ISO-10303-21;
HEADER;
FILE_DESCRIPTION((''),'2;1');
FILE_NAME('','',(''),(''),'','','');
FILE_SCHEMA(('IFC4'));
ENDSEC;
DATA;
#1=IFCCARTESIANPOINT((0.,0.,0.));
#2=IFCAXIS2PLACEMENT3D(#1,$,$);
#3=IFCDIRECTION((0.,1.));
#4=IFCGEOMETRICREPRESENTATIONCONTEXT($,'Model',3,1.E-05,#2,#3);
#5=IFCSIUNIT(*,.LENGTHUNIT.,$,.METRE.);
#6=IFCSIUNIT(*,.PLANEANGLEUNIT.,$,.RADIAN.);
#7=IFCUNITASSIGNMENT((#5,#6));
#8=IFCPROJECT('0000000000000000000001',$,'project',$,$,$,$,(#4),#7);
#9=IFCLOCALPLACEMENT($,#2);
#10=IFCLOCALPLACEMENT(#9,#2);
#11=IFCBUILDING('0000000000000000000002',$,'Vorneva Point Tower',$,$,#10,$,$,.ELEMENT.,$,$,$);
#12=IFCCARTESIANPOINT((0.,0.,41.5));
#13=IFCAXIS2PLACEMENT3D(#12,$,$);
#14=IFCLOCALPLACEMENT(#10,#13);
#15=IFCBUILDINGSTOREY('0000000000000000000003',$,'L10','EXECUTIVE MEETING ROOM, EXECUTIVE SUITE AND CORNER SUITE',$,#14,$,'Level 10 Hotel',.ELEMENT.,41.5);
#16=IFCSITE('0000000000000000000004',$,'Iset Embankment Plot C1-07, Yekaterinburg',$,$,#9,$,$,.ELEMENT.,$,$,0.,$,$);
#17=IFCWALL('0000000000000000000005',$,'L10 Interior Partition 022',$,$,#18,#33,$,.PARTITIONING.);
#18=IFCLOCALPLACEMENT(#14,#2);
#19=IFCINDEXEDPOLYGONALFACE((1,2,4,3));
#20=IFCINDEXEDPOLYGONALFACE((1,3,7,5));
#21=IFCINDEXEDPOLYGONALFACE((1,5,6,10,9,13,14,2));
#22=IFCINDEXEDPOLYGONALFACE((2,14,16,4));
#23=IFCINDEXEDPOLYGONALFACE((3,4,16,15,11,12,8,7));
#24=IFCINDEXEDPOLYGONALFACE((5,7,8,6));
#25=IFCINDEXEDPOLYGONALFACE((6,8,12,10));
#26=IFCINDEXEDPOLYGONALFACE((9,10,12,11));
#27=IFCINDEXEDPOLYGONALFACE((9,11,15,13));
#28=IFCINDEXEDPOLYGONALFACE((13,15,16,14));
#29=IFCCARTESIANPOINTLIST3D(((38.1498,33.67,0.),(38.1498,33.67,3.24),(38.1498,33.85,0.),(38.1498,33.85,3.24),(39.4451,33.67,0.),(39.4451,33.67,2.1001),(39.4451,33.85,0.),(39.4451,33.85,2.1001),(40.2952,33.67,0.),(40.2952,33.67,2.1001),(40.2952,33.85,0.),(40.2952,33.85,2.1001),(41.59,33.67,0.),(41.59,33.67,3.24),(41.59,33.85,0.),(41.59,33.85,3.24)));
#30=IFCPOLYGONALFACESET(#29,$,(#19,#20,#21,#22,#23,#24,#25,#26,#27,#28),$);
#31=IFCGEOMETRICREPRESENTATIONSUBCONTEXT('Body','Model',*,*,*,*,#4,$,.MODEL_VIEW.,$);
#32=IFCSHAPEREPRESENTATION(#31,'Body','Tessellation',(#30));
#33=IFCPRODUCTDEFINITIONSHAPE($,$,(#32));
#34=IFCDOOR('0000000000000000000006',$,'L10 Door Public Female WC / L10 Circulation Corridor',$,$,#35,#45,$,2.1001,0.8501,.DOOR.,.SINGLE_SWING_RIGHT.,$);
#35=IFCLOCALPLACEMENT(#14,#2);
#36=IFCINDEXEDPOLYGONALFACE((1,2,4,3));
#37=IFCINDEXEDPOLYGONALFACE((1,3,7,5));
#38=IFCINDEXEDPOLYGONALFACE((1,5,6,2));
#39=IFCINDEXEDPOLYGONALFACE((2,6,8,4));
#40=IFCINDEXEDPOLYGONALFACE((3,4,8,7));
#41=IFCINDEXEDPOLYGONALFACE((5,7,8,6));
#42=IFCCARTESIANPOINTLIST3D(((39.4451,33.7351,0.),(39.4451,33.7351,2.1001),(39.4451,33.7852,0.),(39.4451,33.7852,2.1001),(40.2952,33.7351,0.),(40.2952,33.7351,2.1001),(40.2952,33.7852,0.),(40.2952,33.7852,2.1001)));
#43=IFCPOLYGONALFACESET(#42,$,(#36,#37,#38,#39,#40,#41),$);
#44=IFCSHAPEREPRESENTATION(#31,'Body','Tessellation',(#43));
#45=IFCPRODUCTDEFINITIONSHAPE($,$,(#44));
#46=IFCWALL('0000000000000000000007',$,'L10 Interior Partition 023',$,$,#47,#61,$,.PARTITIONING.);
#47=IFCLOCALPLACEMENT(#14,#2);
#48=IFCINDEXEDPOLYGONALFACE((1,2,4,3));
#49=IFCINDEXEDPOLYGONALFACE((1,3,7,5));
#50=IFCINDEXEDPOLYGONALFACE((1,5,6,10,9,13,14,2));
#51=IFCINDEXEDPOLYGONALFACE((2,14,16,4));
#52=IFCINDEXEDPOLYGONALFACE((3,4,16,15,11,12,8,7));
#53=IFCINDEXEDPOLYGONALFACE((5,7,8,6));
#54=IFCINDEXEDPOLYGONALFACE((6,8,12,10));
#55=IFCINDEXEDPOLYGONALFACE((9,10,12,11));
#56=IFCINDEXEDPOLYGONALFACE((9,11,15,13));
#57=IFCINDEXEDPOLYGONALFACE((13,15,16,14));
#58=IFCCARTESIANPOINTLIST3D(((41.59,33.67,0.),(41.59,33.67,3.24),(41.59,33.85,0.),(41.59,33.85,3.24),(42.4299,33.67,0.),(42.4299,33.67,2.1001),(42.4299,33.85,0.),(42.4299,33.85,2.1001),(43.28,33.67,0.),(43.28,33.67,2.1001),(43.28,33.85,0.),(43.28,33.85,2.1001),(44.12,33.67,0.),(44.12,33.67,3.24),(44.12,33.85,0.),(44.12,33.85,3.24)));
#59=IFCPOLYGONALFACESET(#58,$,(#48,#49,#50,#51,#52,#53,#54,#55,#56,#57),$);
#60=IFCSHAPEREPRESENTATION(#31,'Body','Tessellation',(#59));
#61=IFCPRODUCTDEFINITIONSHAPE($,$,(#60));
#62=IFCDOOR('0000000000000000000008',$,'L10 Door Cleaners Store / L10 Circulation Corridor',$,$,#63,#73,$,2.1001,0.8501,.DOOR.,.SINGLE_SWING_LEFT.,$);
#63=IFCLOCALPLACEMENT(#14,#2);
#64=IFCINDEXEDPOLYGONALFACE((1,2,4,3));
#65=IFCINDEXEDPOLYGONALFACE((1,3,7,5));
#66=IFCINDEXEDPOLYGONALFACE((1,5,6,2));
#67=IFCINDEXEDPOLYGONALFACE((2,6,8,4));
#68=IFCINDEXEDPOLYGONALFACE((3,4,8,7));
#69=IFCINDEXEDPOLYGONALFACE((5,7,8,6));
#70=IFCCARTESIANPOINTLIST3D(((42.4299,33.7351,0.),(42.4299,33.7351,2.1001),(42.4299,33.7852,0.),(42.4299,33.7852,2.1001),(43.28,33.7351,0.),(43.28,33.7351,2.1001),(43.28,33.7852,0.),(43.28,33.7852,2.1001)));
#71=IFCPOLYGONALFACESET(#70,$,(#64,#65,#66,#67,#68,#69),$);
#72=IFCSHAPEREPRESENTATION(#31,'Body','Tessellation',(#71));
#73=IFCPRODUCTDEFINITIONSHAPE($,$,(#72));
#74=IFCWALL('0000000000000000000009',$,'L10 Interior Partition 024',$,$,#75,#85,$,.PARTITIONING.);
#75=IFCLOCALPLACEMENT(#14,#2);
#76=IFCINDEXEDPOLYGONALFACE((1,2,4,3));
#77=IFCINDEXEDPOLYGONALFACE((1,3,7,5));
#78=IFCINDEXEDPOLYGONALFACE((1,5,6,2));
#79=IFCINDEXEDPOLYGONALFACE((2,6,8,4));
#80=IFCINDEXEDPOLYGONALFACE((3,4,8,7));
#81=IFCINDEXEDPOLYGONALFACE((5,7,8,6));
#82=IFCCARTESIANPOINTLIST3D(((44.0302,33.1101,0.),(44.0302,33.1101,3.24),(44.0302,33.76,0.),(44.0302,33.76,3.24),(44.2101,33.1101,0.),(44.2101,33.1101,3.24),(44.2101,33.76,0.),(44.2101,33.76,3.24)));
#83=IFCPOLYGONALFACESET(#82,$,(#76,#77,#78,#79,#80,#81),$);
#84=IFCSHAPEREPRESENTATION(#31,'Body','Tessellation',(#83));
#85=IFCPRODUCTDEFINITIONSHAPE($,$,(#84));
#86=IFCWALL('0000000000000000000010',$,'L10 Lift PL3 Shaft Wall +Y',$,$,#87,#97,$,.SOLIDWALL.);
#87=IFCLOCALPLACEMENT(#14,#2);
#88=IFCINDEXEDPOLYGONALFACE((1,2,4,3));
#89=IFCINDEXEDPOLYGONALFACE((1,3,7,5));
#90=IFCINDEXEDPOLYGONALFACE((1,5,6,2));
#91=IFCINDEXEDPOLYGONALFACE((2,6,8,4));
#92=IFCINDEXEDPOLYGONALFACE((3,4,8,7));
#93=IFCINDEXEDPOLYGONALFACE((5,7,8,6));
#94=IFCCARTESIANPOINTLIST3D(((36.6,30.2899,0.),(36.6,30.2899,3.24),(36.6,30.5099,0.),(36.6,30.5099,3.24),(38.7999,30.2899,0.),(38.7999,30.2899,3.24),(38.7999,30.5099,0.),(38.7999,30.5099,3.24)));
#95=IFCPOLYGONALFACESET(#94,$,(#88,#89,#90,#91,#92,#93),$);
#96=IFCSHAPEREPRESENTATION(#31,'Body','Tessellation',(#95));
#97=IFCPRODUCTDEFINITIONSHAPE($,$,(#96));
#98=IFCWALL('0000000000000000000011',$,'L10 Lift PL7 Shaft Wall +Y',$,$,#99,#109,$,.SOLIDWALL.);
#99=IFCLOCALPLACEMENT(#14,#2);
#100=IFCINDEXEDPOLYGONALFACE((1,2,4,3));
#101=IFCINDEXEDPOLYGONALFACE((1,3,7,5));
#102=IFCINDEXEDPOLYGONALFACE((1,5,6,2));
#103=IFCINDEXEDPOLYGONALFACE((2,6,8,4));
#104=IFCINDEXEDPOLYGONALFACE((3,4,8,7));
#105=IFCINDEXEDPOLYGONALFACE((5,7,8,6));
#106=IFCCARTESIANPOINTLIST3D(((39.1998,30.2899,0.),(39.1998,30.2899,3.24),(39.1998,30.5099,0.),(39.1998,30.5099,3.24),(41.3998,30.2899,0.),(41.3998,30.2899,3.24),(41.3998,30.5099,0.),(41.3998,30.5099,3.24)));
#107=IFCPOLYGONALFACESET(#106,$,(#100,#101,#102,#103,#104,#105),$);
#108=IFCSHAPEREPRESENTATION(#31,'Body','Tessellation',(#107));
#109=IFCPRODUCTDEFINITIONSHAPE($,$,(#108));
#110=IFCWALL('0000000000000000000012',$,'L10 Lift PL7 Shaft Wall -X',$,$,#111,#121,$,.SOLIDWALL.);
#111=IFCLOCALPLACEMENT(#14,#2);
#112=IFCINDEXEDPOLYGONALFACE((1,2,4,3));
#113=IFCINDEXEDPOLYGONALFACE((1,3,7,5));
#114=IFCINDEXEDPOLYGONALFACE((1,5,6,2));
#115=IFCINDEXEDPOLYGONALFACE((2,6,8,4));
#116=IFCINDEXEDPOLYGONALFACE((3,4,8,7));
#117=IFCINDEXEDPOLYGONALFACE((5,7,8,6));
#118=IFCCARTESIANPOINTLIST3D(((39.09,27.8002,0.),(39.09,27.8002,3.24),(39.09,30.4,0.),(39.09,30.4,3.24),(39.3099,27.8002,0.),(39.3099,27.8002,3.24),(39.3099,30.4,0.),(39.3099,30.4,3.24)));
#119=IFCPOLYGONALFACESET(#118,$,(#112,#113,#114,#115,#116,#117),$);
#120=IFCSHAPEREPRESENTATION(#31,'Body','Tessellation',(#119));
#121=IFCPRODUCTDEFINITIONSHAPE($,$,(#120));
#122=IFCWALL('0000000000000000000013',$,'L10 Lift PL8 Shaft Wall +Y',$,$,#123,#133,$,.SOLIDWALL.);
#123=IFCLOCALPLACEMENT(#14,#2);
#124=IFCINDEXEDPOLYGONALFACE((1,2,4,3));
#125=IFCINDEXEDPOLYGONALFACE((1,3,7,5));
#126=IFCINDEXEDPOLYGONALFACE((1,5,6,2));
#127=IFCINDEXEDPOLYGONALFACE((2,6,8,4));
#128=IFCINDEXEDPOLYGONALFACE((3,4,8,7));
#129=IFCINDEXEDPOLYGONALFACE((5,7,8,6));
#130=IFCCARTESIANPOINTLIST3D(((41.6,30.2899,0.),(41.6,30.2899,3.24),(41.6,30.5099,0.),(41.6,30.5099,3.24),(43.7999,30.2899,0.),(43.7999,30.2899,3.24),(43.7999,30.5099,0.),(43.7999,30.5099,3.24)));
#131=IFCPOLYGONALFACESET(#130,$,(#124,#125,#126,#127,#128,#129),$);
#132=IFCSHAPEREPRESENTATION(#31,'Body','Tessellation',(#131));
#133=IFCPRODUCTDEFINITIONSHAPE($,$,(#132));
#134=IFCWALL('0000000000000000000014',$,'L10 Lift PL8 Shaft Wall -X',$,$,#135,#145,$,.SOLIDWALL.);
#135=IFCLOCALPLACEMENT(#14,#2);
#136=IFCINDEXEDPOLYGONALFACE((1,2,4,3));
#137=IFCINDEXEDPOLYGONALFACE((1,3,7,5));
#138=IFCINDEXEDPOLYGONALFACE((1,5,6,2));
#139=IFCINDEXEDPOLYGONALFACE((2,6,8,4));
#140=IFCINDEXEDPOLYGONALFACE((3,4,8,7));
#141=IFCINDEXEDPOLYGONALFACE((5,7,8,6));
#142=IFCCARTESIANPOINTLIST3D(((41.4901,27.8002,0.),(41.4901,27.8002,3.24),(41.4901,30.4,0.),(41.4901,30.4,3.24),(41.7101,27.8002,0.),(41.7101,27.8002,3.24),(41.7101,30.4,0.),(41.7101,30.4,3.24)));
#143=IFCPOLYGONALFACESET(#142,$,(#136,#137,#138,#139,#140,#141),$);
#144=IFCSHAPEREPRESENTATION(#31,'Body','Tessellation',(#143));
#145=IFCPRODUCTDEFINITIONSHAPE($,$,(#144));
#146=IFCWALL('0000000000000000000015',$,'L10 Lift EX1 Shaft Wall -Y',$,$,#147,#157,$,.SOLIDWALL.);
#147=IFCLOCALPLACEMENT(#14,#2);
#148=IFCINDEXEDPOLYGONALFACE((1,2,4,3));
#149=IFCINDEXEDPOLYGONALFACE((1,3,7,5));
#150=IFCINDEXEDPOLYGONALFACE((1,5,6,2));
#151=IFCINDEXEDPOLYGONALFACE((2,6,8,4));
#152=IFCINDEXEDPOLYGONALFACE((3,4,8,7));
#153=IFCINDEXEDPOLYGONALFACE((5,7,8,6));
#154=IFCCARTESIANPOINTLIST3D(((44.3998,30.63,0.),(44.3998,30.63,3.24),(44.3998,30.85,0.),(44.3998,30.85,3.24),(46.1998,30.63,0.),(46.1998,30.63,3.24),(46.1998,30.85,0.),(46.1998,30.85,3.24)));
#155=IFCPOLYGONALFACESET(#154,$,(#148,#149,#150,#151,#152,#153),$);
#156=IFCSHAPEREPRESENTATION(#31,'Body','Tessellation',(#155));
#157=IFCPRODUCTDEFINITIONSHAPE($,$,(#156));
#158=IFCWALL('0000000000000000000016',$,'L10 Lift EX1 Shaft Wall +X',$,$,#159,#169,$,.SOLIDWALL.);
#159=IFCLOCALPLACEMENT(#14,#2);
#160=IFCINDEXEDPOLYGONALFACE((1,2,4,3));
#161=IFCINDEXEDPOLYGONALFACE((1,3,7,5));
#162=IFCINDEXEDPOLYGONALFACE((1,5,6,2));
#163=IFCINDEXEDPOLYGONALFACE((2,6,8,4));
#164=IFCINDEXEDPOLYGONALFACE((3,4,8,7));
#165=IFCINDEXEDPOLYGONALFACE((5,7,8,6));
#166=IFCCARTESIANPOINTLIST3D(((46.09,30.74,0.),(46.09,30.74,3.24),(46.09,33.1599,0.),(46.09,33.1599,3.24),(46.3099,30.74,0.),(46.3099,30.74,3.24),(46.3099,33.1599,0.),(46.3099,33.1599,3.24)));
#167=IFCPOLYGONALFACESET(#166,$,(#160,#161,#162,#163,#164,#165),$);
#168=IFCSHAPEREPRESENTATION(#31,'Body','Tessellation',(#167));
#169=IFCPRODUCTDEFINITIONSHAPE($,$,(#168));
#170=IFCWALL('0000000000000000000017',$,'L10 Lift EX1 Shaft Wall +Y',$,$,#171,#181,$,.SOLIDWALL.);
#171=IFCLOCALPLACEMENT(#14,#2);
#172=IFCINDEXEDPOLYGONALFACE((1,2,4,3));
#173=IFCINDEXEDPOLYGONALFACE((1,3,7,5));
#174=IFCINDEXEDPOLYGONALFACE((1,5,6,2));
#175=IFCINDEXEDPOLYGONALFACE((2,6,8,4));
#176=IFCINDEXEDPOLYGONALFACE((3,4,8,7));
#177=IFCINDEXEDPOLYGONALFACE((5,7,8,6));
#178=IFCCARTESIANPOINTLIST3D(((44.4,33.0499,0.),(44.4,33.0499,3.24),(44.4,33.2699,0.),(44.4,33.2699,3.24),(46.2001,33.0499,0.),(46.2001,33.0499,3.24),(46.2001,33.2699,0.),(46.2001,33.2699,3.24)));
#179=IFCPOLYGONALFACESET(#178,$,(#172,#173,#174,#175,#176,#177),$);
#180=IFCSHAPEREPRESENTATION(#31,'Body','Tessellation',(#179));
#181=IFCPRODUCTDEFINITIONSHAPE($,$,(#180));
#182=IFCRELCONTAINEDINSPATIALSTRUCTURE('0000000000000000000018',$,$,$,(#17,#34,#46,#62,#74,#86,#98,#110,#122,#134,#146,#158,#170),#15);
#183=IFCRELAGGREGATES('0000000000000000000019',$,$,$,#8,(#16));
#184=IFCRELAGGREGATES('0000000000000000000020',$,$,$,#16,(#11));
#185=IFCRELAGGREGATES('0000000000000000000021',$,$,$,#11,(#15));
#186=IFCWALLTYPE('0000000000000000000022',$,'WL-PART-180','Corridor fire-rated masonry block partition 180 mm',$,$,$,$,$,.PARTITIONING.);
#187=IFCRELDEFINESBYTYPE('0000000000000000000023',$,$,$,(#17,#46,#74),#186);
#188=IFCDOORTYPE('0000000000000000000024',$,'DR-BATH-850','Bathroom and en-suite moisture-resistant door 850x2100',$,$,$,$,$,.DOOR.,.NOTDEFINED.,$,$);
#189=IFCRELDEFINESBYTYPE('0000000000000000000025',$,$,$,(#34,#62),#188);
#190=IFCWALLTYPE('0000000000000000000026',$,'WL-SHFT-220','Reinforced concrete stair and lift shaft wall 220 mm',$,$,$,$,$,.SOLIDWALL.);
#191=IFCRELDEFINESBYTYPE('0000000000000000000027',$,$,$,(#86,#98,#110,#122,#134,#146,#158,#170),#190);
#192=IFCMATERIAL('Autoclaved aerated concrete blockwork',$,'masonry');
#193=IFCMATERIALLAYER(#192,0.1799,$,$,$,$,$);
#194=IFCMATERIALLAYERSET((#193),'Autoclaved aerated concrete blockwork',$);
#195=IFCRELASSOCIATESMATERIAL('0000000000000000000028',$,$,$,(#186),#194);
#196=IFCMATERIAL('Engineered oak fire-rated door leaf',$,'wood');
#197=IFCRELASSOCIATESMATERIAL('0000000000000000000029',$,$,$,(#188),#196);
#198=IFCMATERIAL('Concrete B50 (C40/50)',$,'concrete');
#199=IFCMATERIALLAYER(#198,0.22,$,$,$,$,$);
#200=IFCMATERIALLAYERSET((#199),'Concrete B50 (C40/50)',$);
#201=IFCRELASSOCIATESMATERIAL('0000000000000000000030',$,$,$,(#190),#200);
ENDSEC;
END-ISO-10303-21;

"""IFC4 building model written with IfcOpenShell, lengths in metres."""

from ifc_helpers import new_model, si_unit, direction, frame, frame_2d, origin, place, context, subcontext, project, spatial, rectangle, extrude, material, layer, layer_set, type_object, element, fill, save


model = new_model("IFC4")

# Units and contexts
model_context = context("Model", 3, precision=1e-05, world=origin(), true_north=direction((0.0, 1.0)))
body_context = subcontext(model_context, "Body", "Model", "MODEL_VIEW")
ifc_project = project(units=[si_unit("LENGTHUNIT", "METRE"), si_unit("PLANEANGLEUNIT", "RADIAN")], contexts=[model_context])

# Site, building, storey
site_placement = place(None, origin())
site = spatial("IfcSite", under=ifc_project, at=site_placement, Name="Iset Embankment Plot C1-07, Yekaterinburg", CompositionType="ELEMENT", RefElevation=0.0)
building_placement = place(site_placement, origin())
building = spatial("IfcBuilding", under=site, at=building_placement, Name="Vorneva Point Tower", CompositionType="ELEMENT")
storey_placement = place(building_placement, frame((0.0, 0.0, 41.5)))
storey = spatial("IfcBuildingStorey", under=building, at=storey_placement, Name="L10", Description="EXECUTIVE MEETING ROOM, EXECUTIVE SUITE AND CORNER SUITE", LongName="Level 10 Hotel", CompositionType="ELEMENT", Elevation=41.5)

# Walls, openings, doors
ifc_material_1 = material(Name="Autoclaved aerated concrete blockwork", Category="masonry")
ifc_layer_1 = layer(ifc_material_1, 0.1799)
ifc_layer_set_1 = layer_set([ifc_layer_1], Name="Autoclaved aerated concrete blockwork")
wall_type_1 = type_object("IfcWallType", Name="WL-PART-180", Description="Corridor fire-rated masonry block partition 180 mm", PredefinedType="PARTITIONING", material=ifc_layer_set_1)
ifc_material_2 = material(Name="Engineered oak fire-rated door leaf", Category="wood")
door_type_1 = type_object("IfcDoorType", Name="DR-BATH-850", Description="Bathroom and en-suite moisture-resistant door 850x2100", OperationType="NOTDEFINED", PredefinedType="DOOR", material=ifc_material_2)
wall_1_placement = place(storey_placement, frame((41.5901, 33.76, 0.0), z_axis=(0.0, 0.0, 1.0), x_axis=(-1.0, 0.0, 0.0)))
wall_1 = element("IfcWall", 1, at=wall_1_placement, inside=storey, type_object=wall_type_1, Name="L10 Interior Partition 022", PredefinedType="PARTITIONING", context=body_context, shape_type="SweptSolid", body=[
    extrude(rectangle(XDim=3.4402, YDim=0.1799, at=frame_2d((1.7202, 0.0))), origin(), (0.0, 0.0, 1.0), 3.24),
])
opening_1_placement = place(wall_1_placement, frame((1.2949, 0.0, 0.0)))
opening_1 = element("IfcOpeningElement", 2, at=opening_1_placement, cuts=wall_1, PredefinedType="OPENING", context=body_context, shape_type="SweptSolid", body=[
    extrude(rectangle(XDim=0.8501, YDim=2.1001, at=frame_2d((0.425, 1.05))), frame((0.0, 0.105, 0.0), z_axis=(0.0, -1.0, 0.0), x_axis=(1.0, 0.0, 0.0)), (0.0, 0.0, 1.0), 0.2097),
])
door_1_placement = place(opening_1_placement, origin())
door_1 = element("IfcDoor", 3, at=door_1_placement, inside=storey, type_object=door_type_1, Name="L10 Door Public Female WC / L10 Circulation Corridor", OperationType="SINGLE_SWING_RIGHT", OverallHeight=2.1001, OverallWidth=0.8501, PredefinedType="DOOR", context=body_context, shape_type="SweptSolid", body=[
    extrude(rectangle(XDim=0.8501, YDim=2.1001, at=frame_2d((0.425, 1.05))), frame((0.0, 0.0249, 0.0), z_axis=(0.0, -1.0, 0.0), x_axis=(1.0, 0.0, 0.0)), (0.0, 0.0, 1.0), 0.05),
])
fill(opening_1, door_1)
wall_2_placement = place(storey_placement, frame((44.1201, 33.76, 0.0), z_axis=(0.0, 0.0, 1.0), x_axis=(-1.0, 0.0, 0.0)))
wall_2 = element("IfcWall", 4, at=wall_2_placement, inside=storey, type_object=wall_type_1, Name="L10 Interior Partition 023", PredefinedType="PARTITIONING", context=body_context, shape_type="SweptSolid", body=[
    extrude(rectangle(XDim=2.53, YDim=0.1799, at=frame_2d((1.2651, 0.0))), origin(), (0.0, 0.0, 1.0), 3.24),
])
opening_2_placement = place(wall_2_placement, frame((0.8401, 0.0, 0.0)))
opening_2 = element("IfcOpeningElement", 5, at=opening_2_placement, cuts=wall_2, PredefinedType="OPENING", context=body_context, shape_type="SweptSolid", body=[
    extrude(rectangle(XDim=0.8501, YDim=2.1001, at=frame_2d((0.425, 1.05))), frame((0.0, 0.105, 0.0), z_axis=(0.0, -1.0, 0.0), x_axis=(1.0, 0.0, 0.0)), (0.0, 0.0, 1.0), 0.2097),
])
door_2_placement = place(opening_2_placement, origin())
door_2 = element("IfcDoor", 6, at=door_2_placement, inside=storey, type_object=door_type_1, Name="L10 Door Cleaners Store / L10 Circulation Corridor", OperationType="SINGLE_SWING_LEFT", OverallHeight=2.1001, OverallWidth=0.8501, PredefinedType="DOOR", context=body_context, shape_type="SweptSolid", body=[
    extrude(rectangle(XDim=0.8501, YDim=2.1001, at=frame_2d((0.425, 1.05))), frame((0.0, 0.0249, 0.0), z_axis=(0.0, -1.0, 0.0), x_axis=(1.0, 0.0, 0.0)), (0.0, 0.0, 1.0), 0.05),
])
fill(opening_2, door_2)

# Walls
wall_3_placement = place(storey_placement, frame((44.1201, 33.1101, 0.0), z_axis=(0.0, 0.0, 1.0), x_axis=(0.0, 1.0, 0.0)))
element("IfcWall", 7, at=wall_3_placement, inside=storey, type_object=wall_type_1, Name="L10 Interior Partition 024", PredefinedType="PARTITIONING", context=body_context, shape_type="SweptSolid", body=[
    extrude(rectangle(XDim=0.6499, YDim=0.1799, at=frame_2d((0.325, 0.0))), origin(), (0.0, 0.0, 1.0), 3.24),
])
ifc_material_3 = material(Name="Concrete B50 (C40/50)", Category="concrete")
ifc_layer_2 = layer(ifc_material_3, 0.22)
ifc_layer_set_2 = layer_set([ifc_layer_2], Name="Concrete B50 (C40/50)")
wall_type_2 = type_object("IfcWallType", Name="WL-SHFT-220", Description="Reinforced concrete stair and lift shaft wall 220 mm", PredefinedType="SOLIDWALL", material=ifc_layer_set_2)
for number, where, z_axis, x_axis, name in (
    (8, (38.8, 30.3999, 0.0), (0.0, 0.0, 1.0), (-1.0, 0.0, 0.0), "L10 Lift PL3 Shaft Wall +Y"),
    (9, (41.3999, 30.3999, 0.0), (0.0, 0.0, 1.0), (-1.0, 0.0, 0.0), "L10 Lift PL7 Shaft Wall +Y"),
):
    element("IfcWall", number, at=place(storey_placement, frame(where, z_axis=z_axis, x_axis=x_axis)), inside=storey, type_object=wall_type_2, Name=name, PredefinedType="SOLIDWALL", context=body_context, shape_type="SweptSolid", body=[
        extrude(rectangle(XDim=2.2, YDim=0.22, at=frame_2d((1.1001, 0.0))), origin(), (0.0, 0.0, 1.0), 3.24),
    ])
wall_4_placement = place(storey_placement, frame((39.2, 30.3999, 0.0), z_axis=(0.0, 0.0, 1.0), x_axis=(0.0, -1.0, 0.0)))
element("IfcWall", 10, at=wall_4_placement, inside=storey, type_object=wall_type_2, Name="L10 Lift PL7 Shaft Wall -X", PredefinedType="SOLIDWALL", context=body_context, shape_type="SweptSolid", body=[
    extrude(rectangle(XDim=2.5999, YDim=0.22, at=frame_2d((1.2998, 0.0))), origin(), (0.0, 0.0, 1.0), 3.24),
])
wall_5_placement = place(storey_placement, frame((43.8, 30.3999, 0.0), z_axis=(0.0, 0.0, 1.0), x_axis=(-1.0, 0.0, 0.0)))
element("IfcWall", 11, at=wall_5_placement, inside=storey, type_object=wall_type_2, Name="L10 Lift PL8 Shaft Wall +Y", PredefinedType="SOLIDWALL", context=body_context, shape_type="SweptSolid", body=[
    extrude(rectangle(XDim=2.2, YDim=0.22, at=frame_2d((1.1001, 0.0))), origin(), (0.0, 0.0, 1.0), 3.24),
])
wall_6_placement = place(storey_placement, frame((41.6001, 30.3999, 0.0), z_axis=(0.0, 0.0, 1.0), x_axis=(0.0, -1.0, 0.0)))
element("IfcWall", 12, at=wall_6_placement, inside=storey, type_object=wall_type_2, Name="L10 Lift PL8 Shaft Wall -X", PredefinedType="SOLIDWALL", context=body_context, shape_type="SweptSolid", body=[
    extrude(rectangle(XDim=2.5999, YDim=0.22, at=frame_2d((1.2998, 0.0))), origin(), (0.0, 0.0, 1.0), 3.24),
])
wall_7_placement = place(storey_placement, frame((44.3999, 30.74, 0.0), z_axis=(0.0, 0.0, 1.0), x_axis=(1.0, 0.0, 0.0)))
element("IfcWall", 13, at=wall_7_placement, inside=storey, type_object=wall_type_2, Name="L10 Lift EX1 Shaft Wall -Y", PredefinedType="SOLIDWALL", context=body_context, shape_type="SweptSolid", body=[
    extrude(rectangle(XDim=1.8, YDim=0.22, at=frame_2d((0.8999, 0.0))), origin(), (0.0, 0.0, 1.0), 3.24),
])
wall_8_placement = place(storey_placement, frame((46.2, 30.74, 0.0), z_axis=(0.0, 0.0, 1.0), x_axis=(0.0, 1.0, 0.0)))
element("IfcWall", 14, at=wall_8_placement, inside=storey, type_object=wall_type_2, Name="L10 Lift EX1 Shaft Wall +X", PredefinedType="SOLIDWALL", context=body_context, shape_type="SweptSolid", body=[
    extrude(rectangle(XDim=2.4199, YDim=0.22, at=frame_2d((1.21, 0.0))), origin(), (0.0, 0.0, 1.0), 3.24),
])
wall_9_placement = place(storey_placement, frame((46.2, 33.1599, 0.0), z_axis=(0.0, 0.0, 1.0), x_axis=(-1.0, 0.0, 0.0)))
element("IfcWall", 15, at=wall_9_placement, inside=storey, type_object=wall_type_2, Name="L10 Lift EX1 Shaft Wall +Y", PredefinedType="SOLIDWALL", context=body_context, shape_type="SweptSolid", body=[
    extrude(rectangle(XDim=1.8, YDim=0.22, at=frame_2d((0.8999, 0.0))), origin(), (0.0, 0.0, 1.0), 3.24),
])

save(model, "model.ifc")
